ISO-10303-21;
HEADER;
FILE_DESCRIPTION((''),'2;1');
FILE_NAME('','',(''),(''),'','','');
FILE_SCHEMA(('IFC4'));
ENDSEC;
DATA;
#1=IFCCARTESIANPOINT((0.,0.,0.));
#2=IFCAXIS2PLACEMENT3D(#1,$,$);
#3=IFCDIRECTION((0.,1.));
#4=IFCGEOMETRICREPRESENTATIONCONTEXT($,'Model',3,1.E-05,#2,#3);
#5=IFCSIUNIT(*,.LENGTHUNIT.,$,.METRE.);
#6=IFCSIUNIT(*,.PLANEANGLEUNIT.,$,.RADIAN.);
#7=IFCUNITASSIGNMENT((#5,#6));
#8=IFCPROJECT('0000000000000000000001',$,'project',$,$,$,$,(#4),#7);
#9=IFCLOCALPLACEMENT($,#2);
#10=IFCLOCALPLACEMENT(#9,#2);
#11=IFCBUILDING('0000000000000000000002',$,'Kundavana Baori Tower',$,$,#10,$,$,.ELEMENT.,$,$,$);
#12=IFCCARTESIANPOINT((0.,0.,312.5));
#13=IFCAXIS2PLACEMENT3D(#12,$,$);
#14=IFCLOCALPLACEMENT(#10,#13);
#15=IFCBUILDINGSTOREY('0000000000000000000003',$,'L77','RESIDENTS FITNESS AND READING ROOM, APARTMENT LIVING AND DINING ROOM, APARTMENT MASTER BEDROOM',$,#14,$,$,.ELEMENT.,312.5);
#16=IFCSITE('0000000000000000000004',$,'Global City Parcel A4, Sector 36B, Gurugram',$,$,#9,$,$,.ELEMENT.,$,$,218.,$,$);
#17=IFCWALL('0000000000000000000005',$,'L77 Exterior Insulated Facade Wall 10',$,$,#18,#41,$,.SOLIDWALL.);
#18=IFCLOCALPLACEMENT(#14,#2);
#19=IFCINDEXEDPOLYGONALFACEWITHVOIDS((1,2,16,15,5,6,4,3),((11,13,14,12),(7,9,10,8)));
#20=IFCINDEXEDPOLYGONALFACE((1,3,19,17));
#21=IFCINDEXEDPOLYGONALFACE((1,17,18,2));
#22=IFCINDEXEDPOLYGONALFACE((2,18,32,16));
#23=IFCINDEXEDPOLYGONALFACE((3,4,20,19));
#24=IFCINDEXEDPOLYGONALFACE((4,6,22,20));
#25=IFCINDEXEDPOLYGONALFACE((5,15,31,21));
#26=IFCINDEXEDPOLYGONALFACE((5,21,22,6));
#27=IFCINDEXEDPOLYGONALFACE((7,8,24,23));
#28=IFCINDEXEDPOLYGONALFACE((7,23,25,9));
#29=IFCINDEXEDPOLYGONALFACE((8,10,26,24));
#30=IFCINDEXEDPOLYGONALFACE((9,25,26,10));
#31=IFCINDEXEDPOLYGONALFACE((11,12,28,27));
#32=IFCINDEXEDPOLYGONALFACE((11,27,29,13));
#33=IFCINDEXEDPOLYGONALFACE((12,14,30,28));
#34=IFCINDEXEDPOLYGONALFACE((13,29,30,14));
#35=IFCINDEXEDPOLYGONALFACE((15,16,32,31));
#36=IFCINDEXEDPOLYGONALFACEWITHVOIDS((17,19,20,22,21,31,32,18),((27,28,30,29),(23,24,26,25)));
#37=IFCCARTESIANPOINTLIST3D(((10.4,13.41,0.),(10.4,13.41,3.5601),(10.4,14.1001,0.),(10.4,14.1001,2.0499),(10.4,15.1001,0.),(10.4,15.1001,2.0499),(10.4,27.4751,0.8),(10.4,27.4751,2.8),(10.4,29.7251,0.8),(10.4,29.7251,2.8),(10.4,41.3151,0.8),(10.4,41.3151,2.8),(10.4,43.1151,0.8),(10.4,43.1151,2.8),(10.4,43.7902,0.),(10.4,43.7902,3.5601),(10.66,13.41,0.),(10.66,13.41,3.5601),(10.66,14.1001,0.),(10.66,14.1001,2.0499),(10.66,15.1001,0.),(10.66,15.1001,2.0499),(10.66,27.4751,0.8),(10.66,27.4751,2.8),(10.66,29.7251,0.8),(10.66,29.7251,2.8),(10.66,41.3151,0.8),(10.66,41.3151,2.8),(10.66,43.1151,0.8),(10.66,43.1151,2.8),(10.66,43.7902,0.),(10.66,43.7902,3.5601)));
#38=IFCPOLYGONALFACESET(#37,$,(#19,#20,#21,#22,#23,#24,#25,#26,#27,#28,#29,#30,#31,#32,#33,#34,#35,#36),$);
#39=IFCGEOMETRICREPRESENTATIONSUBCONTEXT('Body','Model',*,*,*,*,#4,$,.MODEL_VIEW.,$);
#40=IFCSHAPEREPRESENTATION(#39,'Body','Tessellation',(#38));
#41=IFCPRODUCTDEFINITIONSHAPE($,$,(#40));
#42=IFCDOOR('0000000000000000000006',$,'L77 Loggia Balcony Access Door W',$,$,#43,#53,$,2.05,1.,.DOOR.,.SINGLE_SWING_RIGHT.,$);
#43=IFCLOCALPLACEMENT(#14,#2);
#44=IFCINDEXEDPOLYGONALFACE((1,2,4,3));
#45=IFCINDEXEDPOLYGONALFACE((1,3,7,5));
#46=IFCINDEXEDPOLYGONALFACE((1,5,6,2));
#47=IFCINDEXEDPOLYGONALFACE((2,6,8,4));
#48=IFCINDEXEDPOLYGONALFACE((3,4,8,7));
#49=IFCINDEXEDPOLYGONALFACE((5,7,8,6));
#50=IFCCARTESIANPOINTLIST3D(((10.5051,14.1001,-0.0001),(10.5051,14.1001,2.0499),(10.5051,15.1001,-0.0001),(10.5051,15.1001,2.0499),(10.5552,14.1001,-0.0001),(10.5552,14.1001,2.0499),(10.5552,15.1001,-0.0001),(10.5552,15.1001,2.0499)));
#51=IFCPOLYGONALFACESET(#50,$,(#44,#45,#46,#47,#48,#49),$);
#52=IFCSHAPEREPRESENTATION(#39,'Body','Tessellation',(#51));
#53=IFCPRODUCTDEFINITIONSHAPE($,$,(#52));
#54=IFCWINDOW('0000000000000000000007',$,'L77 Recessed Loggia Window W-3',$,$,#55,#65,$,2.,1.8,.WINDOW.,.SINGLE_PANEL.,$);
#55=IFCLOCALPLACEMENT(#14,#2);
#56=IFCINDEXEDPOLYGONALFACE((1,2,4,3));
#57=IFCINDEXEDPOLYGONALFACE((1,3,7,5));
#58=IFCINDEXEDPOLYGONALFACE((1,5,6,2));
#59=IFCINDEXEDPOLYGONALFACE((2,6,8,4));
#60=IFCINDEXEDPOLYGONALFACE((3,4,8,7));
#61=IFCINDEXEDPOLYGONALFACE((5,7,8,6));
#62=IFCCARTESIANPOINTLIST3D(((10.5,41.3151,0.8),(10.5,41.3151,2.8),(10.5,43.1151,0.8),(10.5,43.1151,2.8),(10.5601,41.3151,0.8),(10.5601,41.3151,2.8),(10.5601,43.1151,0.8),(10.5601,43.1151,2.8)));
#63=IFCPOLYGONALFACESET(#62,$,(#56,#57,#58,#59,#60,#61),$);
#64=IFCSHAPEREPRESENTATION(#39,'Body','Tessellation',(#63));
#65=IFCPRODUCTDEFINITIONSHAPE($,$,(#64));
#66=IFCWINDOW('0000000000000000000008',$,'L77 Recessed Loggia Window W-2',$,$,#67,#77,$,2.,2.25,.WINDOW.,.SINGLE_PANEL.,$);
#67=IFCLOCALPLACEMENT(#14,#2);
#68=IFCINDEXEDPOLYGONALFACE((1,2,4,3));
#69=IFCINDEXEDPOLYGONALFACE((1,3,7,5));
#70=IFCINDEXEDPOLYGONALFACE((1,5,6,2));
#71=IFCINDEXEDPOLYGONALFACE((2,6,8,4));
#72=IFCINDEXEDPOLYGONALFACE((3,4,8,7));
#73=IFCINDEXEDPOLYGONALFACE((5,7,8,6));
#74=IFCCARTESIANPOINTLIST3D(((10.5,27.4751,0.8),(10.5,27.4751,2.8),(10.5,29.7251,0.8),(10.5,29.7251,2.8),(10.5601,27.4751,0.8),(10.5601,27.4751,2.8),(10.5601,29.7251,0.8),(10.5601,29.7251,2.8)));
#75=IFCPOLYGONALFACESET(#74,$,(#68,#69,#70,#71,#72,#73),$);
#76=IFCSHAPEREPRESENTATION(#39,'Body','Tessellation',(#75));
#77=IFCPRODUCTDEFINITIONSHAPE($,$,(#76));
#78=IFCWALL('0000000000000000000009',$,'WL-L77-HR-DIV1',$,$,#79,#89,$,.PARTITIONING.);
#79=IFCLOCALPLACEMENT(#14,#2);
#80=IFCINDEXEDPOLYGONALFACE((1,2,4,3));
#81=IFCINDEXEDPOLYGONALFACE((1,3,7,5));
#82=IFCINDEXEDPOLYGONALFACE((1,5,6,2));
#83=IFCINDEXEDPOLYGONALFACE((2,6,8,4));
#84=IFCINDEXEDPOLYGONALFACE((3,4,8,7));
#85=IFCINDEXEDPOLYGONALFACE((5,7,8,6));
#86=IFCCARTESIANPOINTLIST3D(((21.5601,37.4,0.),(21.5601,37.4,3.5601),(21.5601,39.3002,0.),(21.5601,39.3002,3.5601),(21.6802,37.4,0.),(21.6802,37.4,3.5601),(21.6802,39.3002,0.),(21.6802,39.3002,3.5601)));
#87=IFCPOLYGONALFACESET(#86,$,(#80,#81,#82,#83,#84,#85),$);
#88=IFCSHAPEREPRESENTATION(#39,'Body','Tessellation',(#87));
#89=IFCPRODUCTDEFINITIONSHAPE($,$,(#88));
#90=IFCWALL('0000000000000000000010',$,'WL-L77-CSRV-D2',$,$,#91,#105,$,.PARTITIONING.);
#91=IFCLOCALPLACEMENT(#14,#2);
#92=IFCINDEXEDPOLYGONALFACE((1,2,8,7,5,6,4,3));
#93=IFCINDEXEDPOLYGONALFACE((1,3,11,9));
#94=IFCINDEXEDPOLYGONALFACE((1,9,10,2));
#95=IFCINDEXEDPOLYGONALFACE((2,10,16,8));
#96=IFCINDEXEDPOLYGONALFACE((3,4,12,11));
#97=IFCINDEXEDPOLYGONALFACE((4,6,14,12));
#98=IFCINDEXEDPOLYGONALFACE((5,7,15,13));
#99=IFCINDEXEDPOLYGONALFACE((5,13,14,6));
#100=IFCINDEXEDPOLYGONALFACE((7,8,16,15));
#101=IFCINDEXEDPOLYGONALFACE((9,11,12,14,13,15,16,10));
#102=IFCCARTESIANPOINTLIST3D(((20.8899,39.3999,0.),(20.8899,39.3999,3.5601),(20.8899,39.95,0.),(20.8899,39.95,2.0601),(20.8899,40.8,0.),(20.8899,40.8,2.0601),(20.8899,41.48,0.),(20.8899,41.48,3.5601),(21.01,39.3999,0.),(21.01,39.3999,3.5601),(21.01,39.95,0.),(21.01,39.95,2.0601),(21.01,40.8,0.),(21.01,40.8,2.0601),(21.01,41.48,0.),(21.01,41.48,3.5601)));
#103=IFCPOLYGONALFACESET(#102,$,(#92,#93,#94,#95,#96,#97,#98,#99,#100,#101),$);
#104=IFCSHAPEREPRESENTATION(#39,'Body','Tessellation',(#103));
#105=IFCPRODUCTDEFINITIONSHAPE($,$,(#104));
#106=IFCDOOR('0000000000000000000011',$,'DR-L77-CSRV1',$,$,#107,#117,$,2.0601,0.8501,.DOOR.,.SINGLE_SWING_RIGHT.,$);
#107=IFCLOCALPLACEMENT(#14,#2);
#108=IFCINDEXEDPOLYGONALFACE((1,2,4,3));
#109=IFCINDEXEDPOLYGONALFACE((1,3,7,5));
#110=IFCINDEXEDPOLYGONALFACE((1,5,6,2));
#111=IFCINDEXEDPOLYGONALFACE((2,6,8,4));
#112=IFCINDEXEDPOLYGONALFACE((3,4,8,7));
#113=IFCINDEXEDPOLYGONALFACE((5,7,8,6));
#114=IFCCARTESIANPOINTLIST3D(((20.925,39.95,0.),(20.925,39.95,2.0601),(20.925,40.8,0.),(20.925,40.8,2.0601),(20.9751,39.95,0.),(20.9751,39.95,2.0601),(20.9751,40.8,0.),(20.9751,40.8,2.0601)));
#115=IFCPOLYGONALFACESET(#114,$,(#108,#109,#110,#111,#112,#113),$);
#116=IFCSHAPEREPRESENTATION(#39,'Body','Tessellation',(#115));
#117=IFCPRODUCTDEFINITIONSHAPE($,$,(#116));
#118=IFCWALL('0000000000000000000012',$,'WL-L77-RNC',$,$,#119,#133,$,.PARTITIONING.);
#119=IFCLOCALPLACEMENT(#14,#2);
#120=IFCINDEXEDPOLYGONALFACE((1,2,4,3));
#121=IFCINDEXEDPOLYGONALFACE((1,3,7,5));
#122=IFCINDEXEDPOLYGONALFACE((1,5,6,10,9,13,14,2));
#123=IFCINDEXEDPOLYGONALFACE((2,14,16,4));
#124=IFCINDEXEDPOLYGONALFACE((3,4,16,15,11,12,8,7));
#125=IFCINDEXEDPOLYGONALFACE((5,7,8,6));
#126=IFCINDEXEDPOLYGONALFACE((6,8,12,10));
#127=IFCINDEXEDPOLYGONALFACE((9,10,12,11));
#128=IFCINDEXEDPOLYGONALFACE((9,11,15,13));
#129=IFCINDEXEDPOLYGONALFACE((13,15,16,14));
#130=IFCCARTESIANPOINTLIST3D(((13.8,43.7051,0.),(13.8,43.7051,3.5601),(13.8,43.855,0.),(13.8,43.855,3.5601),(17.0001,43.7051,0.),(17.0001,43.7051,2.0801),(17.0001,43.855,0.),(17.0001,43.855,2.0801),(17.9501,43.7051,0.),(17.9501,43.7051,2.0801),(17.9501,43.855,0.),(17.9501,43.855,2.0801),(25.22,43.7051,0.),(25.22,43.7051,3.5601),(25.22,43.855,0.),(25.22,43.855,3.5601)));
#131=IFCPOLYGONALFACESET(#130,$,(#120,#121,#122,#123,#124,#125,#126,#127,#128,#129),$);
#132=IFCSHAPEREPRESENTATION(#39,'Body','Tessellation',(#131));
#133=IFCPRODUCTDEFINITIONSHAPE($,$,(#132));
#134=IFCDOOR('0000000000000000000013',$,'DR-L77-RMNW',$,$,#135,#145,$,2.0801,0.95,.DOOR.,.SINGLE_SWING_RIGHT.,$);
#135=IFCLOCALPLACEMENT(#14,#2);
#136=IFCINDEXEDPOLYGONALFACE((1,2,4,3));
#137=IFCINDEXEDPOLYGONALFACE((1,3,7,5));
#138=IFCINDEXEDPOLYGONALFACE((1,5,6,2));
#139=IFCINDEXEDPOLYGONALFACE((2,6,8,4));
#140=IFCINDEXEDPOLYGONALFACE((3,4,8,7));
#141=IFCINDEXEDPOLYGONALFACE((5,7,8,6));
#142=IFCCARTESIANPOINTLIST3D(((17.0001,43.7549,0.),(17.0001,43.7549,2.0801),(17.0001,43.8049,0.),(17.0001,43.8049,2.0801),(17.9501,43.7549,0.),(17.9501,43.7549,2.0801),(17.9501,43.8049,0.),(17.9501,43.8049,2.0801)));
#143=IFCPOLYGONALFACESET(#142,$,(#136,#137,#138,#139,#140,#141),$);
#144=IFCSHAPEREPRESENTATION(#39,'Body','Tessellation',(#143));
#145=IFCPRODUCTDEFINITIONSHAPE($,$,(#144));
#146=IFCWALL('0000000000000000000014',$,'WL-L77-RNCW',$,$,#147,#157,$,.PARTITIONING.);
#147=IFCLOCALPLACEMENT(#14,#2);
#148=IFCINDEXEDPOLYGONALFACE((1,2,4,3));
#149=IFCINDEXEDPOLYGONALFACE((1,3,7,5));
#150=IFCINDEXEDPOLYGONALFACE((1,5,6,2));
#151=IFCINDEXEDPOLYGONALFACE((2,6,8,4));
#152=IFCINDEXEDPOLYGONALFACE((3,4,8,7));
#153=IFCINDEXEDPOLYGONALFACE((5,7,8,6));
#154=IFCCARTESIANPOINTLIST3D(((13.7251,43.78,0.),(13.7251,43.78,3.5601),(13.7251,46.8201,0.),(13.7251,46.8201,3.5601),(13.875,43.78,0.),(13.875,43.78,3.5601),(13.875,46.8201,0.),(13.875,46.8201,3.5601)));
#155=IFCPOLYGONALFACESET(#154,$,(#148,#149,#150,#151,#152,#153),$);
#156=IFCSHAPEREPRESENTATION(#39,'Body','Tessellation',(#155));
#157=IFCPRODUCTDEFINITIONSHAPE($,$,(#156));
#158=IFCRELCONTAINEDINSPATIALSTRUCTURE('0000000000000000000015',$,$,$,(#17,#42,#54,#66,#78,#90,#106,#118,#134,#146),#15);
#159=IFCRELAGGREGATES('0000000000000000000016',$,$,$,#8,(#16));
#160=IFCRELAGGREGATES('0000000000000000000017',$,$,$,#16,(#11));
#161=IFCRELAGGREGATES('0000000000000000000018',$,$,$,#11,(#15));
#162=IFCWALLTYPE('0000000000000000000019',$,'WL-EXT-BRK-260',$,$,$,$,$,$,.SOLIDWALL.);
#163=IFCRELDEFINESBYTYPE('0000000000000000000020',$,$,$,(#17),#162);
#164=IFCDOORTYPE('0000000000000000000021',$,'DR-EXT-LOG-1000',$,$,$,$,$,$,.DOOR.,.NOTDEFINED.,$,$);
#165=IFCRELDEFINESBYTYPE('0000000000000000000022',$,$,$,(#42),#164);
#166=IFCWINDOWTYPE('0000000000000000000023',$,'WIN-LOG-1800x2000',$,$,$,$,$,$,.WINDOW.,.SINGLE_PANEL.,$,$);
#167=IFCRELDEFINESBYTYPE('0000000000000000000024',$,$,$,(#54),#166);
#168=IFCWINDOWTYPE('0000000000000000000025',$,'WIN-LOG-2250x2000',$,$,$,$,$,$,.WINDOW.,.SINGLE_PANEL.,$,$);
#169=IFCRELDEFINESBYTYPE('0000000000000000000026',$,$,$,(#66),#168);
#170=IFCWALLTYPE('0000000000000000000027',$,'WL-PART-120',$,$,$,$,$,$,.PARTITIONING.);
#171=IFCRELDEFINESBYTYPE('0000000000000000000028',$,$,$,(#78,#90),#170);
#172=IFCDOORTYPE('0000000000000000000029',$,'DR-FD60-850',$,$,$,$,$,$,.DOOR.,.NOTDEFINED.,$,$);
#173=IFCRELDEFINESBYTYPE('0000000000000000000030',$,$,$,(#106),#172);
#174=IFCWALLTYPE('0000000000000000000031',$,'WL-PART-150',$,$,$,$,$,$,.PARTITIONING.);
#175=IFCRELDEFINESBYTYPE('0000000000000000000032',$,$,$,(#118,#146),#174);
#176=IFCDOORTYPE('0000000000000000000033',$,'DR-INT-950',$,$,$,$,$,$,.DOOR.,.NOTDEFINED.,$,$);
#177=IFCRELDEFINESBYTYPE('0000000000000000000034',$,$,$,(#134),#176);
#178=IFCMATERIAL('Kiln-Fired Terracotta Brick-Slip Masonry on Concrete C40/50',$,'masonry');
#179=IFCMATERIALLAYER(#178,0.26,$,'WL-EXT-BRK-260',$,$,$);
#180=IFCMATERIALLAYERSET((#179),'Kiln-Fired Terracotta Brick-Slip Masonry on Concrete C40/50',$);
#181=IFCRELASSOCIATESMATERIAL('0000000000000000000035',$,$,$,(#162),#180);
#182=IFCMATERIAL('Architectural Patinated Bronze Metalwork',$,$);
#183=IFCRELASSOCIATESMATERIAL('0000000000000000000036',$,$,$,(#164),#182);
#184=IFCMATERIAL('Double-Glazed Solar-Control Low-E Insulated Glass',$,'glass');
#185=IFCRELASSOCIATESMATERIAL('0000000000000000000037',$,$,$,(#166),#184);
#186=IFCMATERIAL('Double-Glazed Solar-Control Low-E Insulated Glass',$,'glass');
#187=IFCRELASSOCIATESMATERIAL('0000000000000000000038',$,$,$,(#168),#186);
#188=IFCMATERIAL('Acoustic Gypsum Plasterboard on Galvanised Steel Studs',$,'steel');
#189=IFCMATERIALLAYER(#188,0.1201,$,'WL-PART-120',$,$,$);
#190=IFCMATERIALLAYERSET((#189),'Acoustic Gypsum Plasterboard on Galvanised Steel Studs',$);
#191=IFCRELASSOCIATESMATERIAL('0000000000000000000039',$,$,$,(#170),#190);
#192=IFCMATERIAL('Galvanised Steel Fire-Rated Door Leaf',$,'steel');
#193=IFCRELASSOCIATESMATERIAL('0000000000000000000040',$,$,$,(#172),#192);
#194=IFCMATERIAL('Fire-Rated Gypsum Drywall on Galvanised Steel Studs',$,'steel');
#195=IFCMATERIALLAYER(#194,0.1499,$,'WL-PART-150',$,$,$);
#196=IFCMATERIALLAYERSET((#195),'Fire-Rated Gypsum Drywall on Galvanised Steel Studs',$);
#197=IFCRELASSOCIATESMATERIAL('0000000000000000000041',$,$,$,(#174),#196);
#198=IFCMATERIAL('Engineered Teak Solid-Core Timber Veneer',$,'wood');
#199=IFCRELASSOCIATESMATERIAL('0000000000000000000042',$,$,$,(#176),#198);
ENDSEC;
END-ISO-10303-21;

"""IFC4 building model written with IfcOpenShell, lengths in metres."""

from ifc_helpers import new_model, si_unit, direction, frame, frame_2d, origin, place, context, subcontext, project, spatial, rectangle, extrude, material, layer, layer_set, type_object, element, fill, save


model = new_model("IFC4")

# Units and contexts
model_context = context("Model", 3, precision=1e-05, world=origin(), true_north=direction((0.0, 1.0)))
body_context = subcontext(model_context, "Body", "Model", "MODEL_VIEW")
ifc_project = project(units=[si_unit("LENGTHUNIT", "METRE"), si_unit("PLANEANGLEUNIT", "RADIAN")], contexts=[model_context])

# Site, building, storey
site_placement = place(None, origin())
site = spatial("IfcSite", under=ifc_project, at=site_placement, Name="Global City Parcel A4, Sector 36B, Gurugram", CompositionType="ELEMENT", RefElevation=218.0)
building_placement = place(site_placement, origin())
building = spatial("IfcBuilding", under=site, at=building_placement, Name="Kundavana Baori Tower", CompositionType="ELEMENT")
storey_placement = place(building_placement, frame((0.0, 0.0, 312.5)))
storey = spatial("IfcBuildingStorey", under=building, at=storey_placement, Name="L77", Description="RESIDENTS FITNESS AND READING ROOM, APARTMENT LIVING AND DINING ROOM, APARTMENT MASTER BEDROOM", CompositionType="ELEMENT", Elevation=312.5)

# Shared definitions
ifc_material_1 = material(Name="Kiln-Fired Terracotta Brick-Slip Masonry on Concrete C40/50", Category="masonry")
ifc_layer_1 = layer(ifc_material_1, 0.26, Name="WL-EXT-BRK-260")
ifc_layer_set_1 = layer_set([ifc_layer_1], Name="Kiln-Fired Terracotta Brick-Slip Masonry on Concrete C40/50")
wall_type_1 = type_object("IfcWallType", Name="WL-EXT-BRK-260", PredefinedType="SOLIDWALL", material=ifc_layer_set_1)

# Wall, openings, door, windows
wall_1_placement = place(storey_placement, frame((10.53, 43.79, 0.0), z_axis=(0.0, 0.0, 1.0), x_axis=(0.0, -1.0, 0.0)))
wall_1 = element("IfcWall", 1, at=wall_1_placement, inside=storey, type_object=wall_type_1, Name="L77 Exterior Insulated Facade Wall 10", PredefinedType="SOLIDWALL", context=body_context, shape_type="SweptSolid", body=[
    extrude(rectangle(XDim=30.3801, YDim=0.26, at=frame_2d((15.1899, 0.0))), origin(), (0.0, 0.0, 1.0), 3.5601),
])
opening_1_placement = place(wall_1_placement, frame((28.6899, 0.0, 0.0)))
opening_1 = element("IfcOpeningElement", 2, at=opening_1_placement, cuts=wall_1, PredefinedType="OPENING", context=body_context, shape_type="SweptSolid", body=[
    extrude(rectangle(XDim=1.0, YDim=2.05, at=frame_2d((0.5, 1.0249))), frame((0.0, 0.1401, 0.0), z_axis=(0.0, -1.0, 0.0), x_axis=(1.0, 0.0, 0.0)), (0.0, 0.0, 1.0), 0.28),
])
opening_2_placement = place(wall_1_placement, frame((14.0649, 0.0, 0.8)))
opening_2 = element("IfcOpeningElement", 3, at=opening_2_placement, cuts=wall_1, PredefinedType="OPENING", context=body_context, shape_type="SweptSolid", body=[
    extrude(rectangle(XDim=2.25, YDim=2.0, at=frame_2d((1.125, 1.0))), frame((0.0, 0.1401, 0.0), z_axis=(0.0, -1.0, 0.0), x_axis=(1.0, 0.0, 0.0)), (0.0, 0.0, 1.0), 0.28),
])
opening_3_placement = place(wall_1_placement, frame((0.675, 0.0, 0.8)))
opening_3 = element("IfcOpeningElement", 4, at=opening_3_placement, cuts=wall_1, PredefinedType="OPENING", context=body_context, shape_type="SweptSolid", body=[
    extrude(rectangle(XDim=1.8, YDim=2.0, at=frame_2d((0.8999, 1.0))), frame((0.0, 0.1401, 0.0), z_axis=(0.0, -1.0, 0.0), x_axis=(1.0, 0.0, 0.0)), (0.0, 0.0, 1.0), 0.28),
])
ifc_material_2 = material(Name="Architectural Patinated Bronze Metalwork")
door_type_1 = type_object("IfcDoorType", Name="DR-EXT-LOG-1000", OperationType="NOTDEFINED", PredefinedType="DOOR", material=ifc_material_2)
door_1_placement = place(opening_1_placement, frame((1.0, 0.0, 0.0), z_axis=(0.0, 0.0, 1.0), x_axis=(-1.0, 0.0, 0.0)))
door_1 = element("IfcDoor", 5, at=door_1_placement, inside=storey, type_object=door_type_1, Name="L77 Loggia Balcony Access Door W", OperationType="SINGLE_SWING_RIGHT", OverallHeight=2.05, OverallWidth=1.0, PredefinedType="DOOR", context=body_context, shape_type="SweptSolid", body=[
    extrude(rectangle(XDim=1.0, YDim=2.05, at=frame_2d((0.5, 1.0249))), frame((0.0, 0.0249, 0.0), z_axis=(0.0, -1.0, 0.0), x_axis=(1.0, 0.0, 0.0)), (0.0, 0.0, 1.0), 0.05),
])
fill(opening_1, door_1)
ifc_material_3 = material(Name="Double-Glazed Solar-Control Low-E Insulated Glass", Category="glass")
window_type_1 = type_object("IfcWindowType", Name="WIN-LOG-1800x2000", PartitioningType="SINGLE_PANEL", PredefinedType="WINDOW", material=ifc_material_3)
window_1_placement = place(opening_3_placement, origin())
window_1 = element("IfcWindow", 6, at=window_1_placement, inside=storey, type_object=window_type_1, Name="L77 Recessed Loggia Window W-3", OverallHeight=2.0, OverallWidth=1.8, PartitioningType="SINGLE_PANEL", PredefinedType="WINDOW", context=body_context, shape_type="SweptSolid", body=[
    extrude(rectangle(XDim=1.8, YDim=2.0, at=frame_2d((0.8999, 1.0))), frame((0.0, 0.03, 0.0), z_axis=(0.0, -1.0, 0.0), x_axis=(1.0, 0.0, 0.0)), (0.0, 0.0, 1.0), 0.0601),
])
fill(opening_3, window_1)
ifc_material_4 = material(Name="Double-Glazed Solar-Control Low-E Insulated Glass", Category="glass")
window_type_2 = type_object("IfcWindowType", Name="WIN-LOG-2250x2000", PartitioningType="SINGLE_PANEL", PredefinedType="WINDOW", material=ifc_material_4)
window_2_placement = place(opening_2_placement, origin())
window_2 = element("IfcWindow", 7, at=window_2_placement, inside=storey, type_object=window_type_2, Name="L77 Recessed Loggia Window W-2", OverallHeight=2.0, OverallWidth=2.25, PartitioningType="SINGLE_PANEL", PredefinedType="WINDOW", context=body_context, shape_type="SweptSolid", body=[
    extrude(rectangle(XDim=2.25, YDim=2.0, at=frame_2d((1.125, 1.0))), frame((0.0, 0.03, 0.0), z_axis=(0.0, -1.0, 0.0), x_axis=(1.0, 0.0, 0.0)), (0.0, 0.0, 1.0), 0.0601),
])
fill(opening_2, window_2)

# Wall
ifc_material_5 = material(Name="Acoustic Gypsum Plasterboard on Galvanised Steel Studs", Category="steel")
ifc_layer_2 = layer(ifc_material_5, 0.1201, Name="WL-PART-120")
ifc_layer_set_2 = layer_set([ifc_layer_2], Name="Acoustic Gypsum Plasterboard on Galvanised Steel Studs")
wall_type_2 = type_object("IfcWallType", Name="WL-PART-120", PredefinedType="PARTITIONING", material=ifc_layer_set_2)
wall_2_placement = place(storey_placement, frame((21.6201, 37.3999, 0.0), z_axis=(0.0, 0.0, 1.0), x_axis=(0.0, 1.0, 0.0)))
element("IfcWall", 8, at=wall_2_placement, inside=storey, type_object=wall_type_2, Name="WL-L77-HR-DIV1", PredefinedType="PARTITIONING", context=body_context, shape_type="SweptSolid", body=[
    extrude(rectangle(XDim=1.9001, YDim=0.1201, at=frame_2d((0.9502, 0.0))), origin(), (0.0, 0.0, 1.0), 3.5601),
])

# Walls, openings, doors
wall_3_placement = place(storey_placement, frame((20.95, 39.3999, 0.0), z_axis=(0.0, 0.0, 1.0), x_axis=(0.0, 1.0, 0.0)))
wall_3 = element("IfcWall", 9, at=wall_3_placement, inside=storey, type_object=wall_type_2, Name="WL-L77-CSRV-D2", PredefinedType="PARTITIONING", context=body_context, shape_type="SweptSolid", body=[
    extrude(rectangle(XDim=2.0801, YDim=0.1201, at=frame_2d((1.04, 0.0))), origin(), (0.0, 0.0, 1.0), 3.5601),
])
opening_4_placement = place(wall_3_placement, frame((0.55, 0.0, 0.0)))
opening_4 = element("IfcOpeningElement", 10, at=opening_4_placement, cuts=wall_3, PredefinedType="OPENING", context=body_context, shape_type="SweptSolid", body=[
    extrude(rectangle(XDim=0.8501, YDim=2.0601, at=frame_2d((0.425, 1.03))), frame((0.0, 0.0701, 0.0), z_axis=(0.0, -1.0, 0.0), x_axis=(1.0, 0.0, 0.0)), (0.0, 0.0, 1.0), 0.1401),
])
ifc_material_6 = material(Name="Galvanised Steel Fire-Rated Door Leaf", Category="steel")
door_type_2 = type_object("IfcDoorType", Name="DR-FD60-850", OperationType="NOTDEFINED", PredefinedType="DOOR", material=ifc_material_6)
door_2_placement = place(opening_4_placement, origin())
door_2 = element("IfcDoor", 11, at=door_2_placement, inside=storey, type_object=door_type_2, Name="DR-L77-CSRV1", OperationType="SINGLE_SWING_RIGHT", OverallHeight=2.0601, OverallWidth=0.8501, PredefinedType="DOOR", context=body_context, shape_type="SweptSolid", body=[
    extrude(rectangle(XDim=0.8501, YDim=2.0601, at=frame_2d((0.425, 1.03))), frame((0.0, 0.0249, 0.0), z_axis=(0.0, -1.0, 0.0), x_axis=(1.0, 0.0, 0.0)), (0.0, 0.0, 1.0), 0.05),
])
fill(opening_4, door_2)
ifc_material_7 = material(Name="Fire-Rated Gypsum Drywall on Galvanised Steel Studs", Category="steel")
ifc_layer_3 = layer(ifc_material_7, 0.1499, Name="WL-PART-150")
ifc_layer_set_3 = layer_set([ifc_layer_3], Name="Fire-Rated Gypsum Drywall on Galvanised Steel Studs")
wall_type_3 = type_object("IfcWallType", Name="WL-PART-150", PredefinedType="PARTITIONING", material=ifc_layer_set_3)
wall_4_placement = place(storey_placement, frame((13.8, 43.78, 0.0), z_axis=(0.0, 0.0, 1.0), x_axis=(1.0, 0.0, 0.0)))
wall_4 = element("IfcWall", 12, at=wall_4_placement, inside=storey, type_object=wall_type_3, Name="WL-L77-RNC", PredefinedType="PARTITIONING", context=body_context, shape_type="SweptSolid", body=[
    extrude(rectangle(XDim=11.4199, YDim=0.1499, at=frame_2d((5.71, 0.0))), origin(), (0.0, 0.0, 1.0), 3.5601),
])
opening_5_placement = place(wall_4_placement, frame((3.2, 0.0, 0.0)))
opening_5 = element("IfcOpeningElement", 13, at=opening_5_placement, cuts=wall_4, PredefinedType="OPENING", context=body_context, shape_type="SweptSolid", body=[
    extrude(rectangle(XDim=0.95, YDim=2.0801, at=frame_2d((0.4751, 1.04))), frame((0.0, 0.085, 0.0), z_axis=(0.0, -1.0, 0.0), x_axis=(1.0, 0.0, 0.0)), (0.0, 0.0, 1.0), 0.1699),
])
ifc_material_8 = material(Name="Engineered Teak Solid-Core Timber Veneer", Category="wood")
door_type_3 = type_object("IfcDoorType", Name="DR-INT-950", OperationType="NOTDEFINED", PredefinedType="DOOR", material=ifc_material_8)
door_3_placement = place(opening_5_placement, origin())
door_3 = element("IfcDoor", 14, at=door_3_placement, inside=storey, type_object=door_type_3, Name="DR-L77-RMNW", OperationType="SINGLE_SWING_RIGHT", OverallHeight=2.0801, OverallWidth=0.95, PredefinedType="DOOR", context=body_context, shape_type="SweptSolid", body=[
    extrude(rectangle(XDim=0.95, YDim=2.0801, at=frame_2d((0.4751, 1.04))), frame((0.0, 0.0249, 0.0), z_axis=(0.0, -1.0, 0.0), x_axis=(1.0, 0.0, 0.0)), (0.0, 0.0, 1.0), 0.05),
])
fill(opening_5, door_3)

# Wall
wall_5_placement = place(storey_placement, frame((13.8, 43.78, 0.0), z_axis=(0.0, 0.0, 1.0), x_axis=(0.0, 1.0, 0.0)))
element("IfcWall", 15, at=wall_5_placement, inside=storey, type_object=wall_type_3, Name="WL-L77-RNCW", PredefinedType="PARTITIONING", context=body_context, shape_type="SweptSolid", body=[
    extrude(rectangle(XDim=3.04, YDim=0.1499, at=frame_2d((1.52, 0.0))), origin(), (0.0, 0.0, 1.0), 3.5601),
])

save(model, "model.ifc")
